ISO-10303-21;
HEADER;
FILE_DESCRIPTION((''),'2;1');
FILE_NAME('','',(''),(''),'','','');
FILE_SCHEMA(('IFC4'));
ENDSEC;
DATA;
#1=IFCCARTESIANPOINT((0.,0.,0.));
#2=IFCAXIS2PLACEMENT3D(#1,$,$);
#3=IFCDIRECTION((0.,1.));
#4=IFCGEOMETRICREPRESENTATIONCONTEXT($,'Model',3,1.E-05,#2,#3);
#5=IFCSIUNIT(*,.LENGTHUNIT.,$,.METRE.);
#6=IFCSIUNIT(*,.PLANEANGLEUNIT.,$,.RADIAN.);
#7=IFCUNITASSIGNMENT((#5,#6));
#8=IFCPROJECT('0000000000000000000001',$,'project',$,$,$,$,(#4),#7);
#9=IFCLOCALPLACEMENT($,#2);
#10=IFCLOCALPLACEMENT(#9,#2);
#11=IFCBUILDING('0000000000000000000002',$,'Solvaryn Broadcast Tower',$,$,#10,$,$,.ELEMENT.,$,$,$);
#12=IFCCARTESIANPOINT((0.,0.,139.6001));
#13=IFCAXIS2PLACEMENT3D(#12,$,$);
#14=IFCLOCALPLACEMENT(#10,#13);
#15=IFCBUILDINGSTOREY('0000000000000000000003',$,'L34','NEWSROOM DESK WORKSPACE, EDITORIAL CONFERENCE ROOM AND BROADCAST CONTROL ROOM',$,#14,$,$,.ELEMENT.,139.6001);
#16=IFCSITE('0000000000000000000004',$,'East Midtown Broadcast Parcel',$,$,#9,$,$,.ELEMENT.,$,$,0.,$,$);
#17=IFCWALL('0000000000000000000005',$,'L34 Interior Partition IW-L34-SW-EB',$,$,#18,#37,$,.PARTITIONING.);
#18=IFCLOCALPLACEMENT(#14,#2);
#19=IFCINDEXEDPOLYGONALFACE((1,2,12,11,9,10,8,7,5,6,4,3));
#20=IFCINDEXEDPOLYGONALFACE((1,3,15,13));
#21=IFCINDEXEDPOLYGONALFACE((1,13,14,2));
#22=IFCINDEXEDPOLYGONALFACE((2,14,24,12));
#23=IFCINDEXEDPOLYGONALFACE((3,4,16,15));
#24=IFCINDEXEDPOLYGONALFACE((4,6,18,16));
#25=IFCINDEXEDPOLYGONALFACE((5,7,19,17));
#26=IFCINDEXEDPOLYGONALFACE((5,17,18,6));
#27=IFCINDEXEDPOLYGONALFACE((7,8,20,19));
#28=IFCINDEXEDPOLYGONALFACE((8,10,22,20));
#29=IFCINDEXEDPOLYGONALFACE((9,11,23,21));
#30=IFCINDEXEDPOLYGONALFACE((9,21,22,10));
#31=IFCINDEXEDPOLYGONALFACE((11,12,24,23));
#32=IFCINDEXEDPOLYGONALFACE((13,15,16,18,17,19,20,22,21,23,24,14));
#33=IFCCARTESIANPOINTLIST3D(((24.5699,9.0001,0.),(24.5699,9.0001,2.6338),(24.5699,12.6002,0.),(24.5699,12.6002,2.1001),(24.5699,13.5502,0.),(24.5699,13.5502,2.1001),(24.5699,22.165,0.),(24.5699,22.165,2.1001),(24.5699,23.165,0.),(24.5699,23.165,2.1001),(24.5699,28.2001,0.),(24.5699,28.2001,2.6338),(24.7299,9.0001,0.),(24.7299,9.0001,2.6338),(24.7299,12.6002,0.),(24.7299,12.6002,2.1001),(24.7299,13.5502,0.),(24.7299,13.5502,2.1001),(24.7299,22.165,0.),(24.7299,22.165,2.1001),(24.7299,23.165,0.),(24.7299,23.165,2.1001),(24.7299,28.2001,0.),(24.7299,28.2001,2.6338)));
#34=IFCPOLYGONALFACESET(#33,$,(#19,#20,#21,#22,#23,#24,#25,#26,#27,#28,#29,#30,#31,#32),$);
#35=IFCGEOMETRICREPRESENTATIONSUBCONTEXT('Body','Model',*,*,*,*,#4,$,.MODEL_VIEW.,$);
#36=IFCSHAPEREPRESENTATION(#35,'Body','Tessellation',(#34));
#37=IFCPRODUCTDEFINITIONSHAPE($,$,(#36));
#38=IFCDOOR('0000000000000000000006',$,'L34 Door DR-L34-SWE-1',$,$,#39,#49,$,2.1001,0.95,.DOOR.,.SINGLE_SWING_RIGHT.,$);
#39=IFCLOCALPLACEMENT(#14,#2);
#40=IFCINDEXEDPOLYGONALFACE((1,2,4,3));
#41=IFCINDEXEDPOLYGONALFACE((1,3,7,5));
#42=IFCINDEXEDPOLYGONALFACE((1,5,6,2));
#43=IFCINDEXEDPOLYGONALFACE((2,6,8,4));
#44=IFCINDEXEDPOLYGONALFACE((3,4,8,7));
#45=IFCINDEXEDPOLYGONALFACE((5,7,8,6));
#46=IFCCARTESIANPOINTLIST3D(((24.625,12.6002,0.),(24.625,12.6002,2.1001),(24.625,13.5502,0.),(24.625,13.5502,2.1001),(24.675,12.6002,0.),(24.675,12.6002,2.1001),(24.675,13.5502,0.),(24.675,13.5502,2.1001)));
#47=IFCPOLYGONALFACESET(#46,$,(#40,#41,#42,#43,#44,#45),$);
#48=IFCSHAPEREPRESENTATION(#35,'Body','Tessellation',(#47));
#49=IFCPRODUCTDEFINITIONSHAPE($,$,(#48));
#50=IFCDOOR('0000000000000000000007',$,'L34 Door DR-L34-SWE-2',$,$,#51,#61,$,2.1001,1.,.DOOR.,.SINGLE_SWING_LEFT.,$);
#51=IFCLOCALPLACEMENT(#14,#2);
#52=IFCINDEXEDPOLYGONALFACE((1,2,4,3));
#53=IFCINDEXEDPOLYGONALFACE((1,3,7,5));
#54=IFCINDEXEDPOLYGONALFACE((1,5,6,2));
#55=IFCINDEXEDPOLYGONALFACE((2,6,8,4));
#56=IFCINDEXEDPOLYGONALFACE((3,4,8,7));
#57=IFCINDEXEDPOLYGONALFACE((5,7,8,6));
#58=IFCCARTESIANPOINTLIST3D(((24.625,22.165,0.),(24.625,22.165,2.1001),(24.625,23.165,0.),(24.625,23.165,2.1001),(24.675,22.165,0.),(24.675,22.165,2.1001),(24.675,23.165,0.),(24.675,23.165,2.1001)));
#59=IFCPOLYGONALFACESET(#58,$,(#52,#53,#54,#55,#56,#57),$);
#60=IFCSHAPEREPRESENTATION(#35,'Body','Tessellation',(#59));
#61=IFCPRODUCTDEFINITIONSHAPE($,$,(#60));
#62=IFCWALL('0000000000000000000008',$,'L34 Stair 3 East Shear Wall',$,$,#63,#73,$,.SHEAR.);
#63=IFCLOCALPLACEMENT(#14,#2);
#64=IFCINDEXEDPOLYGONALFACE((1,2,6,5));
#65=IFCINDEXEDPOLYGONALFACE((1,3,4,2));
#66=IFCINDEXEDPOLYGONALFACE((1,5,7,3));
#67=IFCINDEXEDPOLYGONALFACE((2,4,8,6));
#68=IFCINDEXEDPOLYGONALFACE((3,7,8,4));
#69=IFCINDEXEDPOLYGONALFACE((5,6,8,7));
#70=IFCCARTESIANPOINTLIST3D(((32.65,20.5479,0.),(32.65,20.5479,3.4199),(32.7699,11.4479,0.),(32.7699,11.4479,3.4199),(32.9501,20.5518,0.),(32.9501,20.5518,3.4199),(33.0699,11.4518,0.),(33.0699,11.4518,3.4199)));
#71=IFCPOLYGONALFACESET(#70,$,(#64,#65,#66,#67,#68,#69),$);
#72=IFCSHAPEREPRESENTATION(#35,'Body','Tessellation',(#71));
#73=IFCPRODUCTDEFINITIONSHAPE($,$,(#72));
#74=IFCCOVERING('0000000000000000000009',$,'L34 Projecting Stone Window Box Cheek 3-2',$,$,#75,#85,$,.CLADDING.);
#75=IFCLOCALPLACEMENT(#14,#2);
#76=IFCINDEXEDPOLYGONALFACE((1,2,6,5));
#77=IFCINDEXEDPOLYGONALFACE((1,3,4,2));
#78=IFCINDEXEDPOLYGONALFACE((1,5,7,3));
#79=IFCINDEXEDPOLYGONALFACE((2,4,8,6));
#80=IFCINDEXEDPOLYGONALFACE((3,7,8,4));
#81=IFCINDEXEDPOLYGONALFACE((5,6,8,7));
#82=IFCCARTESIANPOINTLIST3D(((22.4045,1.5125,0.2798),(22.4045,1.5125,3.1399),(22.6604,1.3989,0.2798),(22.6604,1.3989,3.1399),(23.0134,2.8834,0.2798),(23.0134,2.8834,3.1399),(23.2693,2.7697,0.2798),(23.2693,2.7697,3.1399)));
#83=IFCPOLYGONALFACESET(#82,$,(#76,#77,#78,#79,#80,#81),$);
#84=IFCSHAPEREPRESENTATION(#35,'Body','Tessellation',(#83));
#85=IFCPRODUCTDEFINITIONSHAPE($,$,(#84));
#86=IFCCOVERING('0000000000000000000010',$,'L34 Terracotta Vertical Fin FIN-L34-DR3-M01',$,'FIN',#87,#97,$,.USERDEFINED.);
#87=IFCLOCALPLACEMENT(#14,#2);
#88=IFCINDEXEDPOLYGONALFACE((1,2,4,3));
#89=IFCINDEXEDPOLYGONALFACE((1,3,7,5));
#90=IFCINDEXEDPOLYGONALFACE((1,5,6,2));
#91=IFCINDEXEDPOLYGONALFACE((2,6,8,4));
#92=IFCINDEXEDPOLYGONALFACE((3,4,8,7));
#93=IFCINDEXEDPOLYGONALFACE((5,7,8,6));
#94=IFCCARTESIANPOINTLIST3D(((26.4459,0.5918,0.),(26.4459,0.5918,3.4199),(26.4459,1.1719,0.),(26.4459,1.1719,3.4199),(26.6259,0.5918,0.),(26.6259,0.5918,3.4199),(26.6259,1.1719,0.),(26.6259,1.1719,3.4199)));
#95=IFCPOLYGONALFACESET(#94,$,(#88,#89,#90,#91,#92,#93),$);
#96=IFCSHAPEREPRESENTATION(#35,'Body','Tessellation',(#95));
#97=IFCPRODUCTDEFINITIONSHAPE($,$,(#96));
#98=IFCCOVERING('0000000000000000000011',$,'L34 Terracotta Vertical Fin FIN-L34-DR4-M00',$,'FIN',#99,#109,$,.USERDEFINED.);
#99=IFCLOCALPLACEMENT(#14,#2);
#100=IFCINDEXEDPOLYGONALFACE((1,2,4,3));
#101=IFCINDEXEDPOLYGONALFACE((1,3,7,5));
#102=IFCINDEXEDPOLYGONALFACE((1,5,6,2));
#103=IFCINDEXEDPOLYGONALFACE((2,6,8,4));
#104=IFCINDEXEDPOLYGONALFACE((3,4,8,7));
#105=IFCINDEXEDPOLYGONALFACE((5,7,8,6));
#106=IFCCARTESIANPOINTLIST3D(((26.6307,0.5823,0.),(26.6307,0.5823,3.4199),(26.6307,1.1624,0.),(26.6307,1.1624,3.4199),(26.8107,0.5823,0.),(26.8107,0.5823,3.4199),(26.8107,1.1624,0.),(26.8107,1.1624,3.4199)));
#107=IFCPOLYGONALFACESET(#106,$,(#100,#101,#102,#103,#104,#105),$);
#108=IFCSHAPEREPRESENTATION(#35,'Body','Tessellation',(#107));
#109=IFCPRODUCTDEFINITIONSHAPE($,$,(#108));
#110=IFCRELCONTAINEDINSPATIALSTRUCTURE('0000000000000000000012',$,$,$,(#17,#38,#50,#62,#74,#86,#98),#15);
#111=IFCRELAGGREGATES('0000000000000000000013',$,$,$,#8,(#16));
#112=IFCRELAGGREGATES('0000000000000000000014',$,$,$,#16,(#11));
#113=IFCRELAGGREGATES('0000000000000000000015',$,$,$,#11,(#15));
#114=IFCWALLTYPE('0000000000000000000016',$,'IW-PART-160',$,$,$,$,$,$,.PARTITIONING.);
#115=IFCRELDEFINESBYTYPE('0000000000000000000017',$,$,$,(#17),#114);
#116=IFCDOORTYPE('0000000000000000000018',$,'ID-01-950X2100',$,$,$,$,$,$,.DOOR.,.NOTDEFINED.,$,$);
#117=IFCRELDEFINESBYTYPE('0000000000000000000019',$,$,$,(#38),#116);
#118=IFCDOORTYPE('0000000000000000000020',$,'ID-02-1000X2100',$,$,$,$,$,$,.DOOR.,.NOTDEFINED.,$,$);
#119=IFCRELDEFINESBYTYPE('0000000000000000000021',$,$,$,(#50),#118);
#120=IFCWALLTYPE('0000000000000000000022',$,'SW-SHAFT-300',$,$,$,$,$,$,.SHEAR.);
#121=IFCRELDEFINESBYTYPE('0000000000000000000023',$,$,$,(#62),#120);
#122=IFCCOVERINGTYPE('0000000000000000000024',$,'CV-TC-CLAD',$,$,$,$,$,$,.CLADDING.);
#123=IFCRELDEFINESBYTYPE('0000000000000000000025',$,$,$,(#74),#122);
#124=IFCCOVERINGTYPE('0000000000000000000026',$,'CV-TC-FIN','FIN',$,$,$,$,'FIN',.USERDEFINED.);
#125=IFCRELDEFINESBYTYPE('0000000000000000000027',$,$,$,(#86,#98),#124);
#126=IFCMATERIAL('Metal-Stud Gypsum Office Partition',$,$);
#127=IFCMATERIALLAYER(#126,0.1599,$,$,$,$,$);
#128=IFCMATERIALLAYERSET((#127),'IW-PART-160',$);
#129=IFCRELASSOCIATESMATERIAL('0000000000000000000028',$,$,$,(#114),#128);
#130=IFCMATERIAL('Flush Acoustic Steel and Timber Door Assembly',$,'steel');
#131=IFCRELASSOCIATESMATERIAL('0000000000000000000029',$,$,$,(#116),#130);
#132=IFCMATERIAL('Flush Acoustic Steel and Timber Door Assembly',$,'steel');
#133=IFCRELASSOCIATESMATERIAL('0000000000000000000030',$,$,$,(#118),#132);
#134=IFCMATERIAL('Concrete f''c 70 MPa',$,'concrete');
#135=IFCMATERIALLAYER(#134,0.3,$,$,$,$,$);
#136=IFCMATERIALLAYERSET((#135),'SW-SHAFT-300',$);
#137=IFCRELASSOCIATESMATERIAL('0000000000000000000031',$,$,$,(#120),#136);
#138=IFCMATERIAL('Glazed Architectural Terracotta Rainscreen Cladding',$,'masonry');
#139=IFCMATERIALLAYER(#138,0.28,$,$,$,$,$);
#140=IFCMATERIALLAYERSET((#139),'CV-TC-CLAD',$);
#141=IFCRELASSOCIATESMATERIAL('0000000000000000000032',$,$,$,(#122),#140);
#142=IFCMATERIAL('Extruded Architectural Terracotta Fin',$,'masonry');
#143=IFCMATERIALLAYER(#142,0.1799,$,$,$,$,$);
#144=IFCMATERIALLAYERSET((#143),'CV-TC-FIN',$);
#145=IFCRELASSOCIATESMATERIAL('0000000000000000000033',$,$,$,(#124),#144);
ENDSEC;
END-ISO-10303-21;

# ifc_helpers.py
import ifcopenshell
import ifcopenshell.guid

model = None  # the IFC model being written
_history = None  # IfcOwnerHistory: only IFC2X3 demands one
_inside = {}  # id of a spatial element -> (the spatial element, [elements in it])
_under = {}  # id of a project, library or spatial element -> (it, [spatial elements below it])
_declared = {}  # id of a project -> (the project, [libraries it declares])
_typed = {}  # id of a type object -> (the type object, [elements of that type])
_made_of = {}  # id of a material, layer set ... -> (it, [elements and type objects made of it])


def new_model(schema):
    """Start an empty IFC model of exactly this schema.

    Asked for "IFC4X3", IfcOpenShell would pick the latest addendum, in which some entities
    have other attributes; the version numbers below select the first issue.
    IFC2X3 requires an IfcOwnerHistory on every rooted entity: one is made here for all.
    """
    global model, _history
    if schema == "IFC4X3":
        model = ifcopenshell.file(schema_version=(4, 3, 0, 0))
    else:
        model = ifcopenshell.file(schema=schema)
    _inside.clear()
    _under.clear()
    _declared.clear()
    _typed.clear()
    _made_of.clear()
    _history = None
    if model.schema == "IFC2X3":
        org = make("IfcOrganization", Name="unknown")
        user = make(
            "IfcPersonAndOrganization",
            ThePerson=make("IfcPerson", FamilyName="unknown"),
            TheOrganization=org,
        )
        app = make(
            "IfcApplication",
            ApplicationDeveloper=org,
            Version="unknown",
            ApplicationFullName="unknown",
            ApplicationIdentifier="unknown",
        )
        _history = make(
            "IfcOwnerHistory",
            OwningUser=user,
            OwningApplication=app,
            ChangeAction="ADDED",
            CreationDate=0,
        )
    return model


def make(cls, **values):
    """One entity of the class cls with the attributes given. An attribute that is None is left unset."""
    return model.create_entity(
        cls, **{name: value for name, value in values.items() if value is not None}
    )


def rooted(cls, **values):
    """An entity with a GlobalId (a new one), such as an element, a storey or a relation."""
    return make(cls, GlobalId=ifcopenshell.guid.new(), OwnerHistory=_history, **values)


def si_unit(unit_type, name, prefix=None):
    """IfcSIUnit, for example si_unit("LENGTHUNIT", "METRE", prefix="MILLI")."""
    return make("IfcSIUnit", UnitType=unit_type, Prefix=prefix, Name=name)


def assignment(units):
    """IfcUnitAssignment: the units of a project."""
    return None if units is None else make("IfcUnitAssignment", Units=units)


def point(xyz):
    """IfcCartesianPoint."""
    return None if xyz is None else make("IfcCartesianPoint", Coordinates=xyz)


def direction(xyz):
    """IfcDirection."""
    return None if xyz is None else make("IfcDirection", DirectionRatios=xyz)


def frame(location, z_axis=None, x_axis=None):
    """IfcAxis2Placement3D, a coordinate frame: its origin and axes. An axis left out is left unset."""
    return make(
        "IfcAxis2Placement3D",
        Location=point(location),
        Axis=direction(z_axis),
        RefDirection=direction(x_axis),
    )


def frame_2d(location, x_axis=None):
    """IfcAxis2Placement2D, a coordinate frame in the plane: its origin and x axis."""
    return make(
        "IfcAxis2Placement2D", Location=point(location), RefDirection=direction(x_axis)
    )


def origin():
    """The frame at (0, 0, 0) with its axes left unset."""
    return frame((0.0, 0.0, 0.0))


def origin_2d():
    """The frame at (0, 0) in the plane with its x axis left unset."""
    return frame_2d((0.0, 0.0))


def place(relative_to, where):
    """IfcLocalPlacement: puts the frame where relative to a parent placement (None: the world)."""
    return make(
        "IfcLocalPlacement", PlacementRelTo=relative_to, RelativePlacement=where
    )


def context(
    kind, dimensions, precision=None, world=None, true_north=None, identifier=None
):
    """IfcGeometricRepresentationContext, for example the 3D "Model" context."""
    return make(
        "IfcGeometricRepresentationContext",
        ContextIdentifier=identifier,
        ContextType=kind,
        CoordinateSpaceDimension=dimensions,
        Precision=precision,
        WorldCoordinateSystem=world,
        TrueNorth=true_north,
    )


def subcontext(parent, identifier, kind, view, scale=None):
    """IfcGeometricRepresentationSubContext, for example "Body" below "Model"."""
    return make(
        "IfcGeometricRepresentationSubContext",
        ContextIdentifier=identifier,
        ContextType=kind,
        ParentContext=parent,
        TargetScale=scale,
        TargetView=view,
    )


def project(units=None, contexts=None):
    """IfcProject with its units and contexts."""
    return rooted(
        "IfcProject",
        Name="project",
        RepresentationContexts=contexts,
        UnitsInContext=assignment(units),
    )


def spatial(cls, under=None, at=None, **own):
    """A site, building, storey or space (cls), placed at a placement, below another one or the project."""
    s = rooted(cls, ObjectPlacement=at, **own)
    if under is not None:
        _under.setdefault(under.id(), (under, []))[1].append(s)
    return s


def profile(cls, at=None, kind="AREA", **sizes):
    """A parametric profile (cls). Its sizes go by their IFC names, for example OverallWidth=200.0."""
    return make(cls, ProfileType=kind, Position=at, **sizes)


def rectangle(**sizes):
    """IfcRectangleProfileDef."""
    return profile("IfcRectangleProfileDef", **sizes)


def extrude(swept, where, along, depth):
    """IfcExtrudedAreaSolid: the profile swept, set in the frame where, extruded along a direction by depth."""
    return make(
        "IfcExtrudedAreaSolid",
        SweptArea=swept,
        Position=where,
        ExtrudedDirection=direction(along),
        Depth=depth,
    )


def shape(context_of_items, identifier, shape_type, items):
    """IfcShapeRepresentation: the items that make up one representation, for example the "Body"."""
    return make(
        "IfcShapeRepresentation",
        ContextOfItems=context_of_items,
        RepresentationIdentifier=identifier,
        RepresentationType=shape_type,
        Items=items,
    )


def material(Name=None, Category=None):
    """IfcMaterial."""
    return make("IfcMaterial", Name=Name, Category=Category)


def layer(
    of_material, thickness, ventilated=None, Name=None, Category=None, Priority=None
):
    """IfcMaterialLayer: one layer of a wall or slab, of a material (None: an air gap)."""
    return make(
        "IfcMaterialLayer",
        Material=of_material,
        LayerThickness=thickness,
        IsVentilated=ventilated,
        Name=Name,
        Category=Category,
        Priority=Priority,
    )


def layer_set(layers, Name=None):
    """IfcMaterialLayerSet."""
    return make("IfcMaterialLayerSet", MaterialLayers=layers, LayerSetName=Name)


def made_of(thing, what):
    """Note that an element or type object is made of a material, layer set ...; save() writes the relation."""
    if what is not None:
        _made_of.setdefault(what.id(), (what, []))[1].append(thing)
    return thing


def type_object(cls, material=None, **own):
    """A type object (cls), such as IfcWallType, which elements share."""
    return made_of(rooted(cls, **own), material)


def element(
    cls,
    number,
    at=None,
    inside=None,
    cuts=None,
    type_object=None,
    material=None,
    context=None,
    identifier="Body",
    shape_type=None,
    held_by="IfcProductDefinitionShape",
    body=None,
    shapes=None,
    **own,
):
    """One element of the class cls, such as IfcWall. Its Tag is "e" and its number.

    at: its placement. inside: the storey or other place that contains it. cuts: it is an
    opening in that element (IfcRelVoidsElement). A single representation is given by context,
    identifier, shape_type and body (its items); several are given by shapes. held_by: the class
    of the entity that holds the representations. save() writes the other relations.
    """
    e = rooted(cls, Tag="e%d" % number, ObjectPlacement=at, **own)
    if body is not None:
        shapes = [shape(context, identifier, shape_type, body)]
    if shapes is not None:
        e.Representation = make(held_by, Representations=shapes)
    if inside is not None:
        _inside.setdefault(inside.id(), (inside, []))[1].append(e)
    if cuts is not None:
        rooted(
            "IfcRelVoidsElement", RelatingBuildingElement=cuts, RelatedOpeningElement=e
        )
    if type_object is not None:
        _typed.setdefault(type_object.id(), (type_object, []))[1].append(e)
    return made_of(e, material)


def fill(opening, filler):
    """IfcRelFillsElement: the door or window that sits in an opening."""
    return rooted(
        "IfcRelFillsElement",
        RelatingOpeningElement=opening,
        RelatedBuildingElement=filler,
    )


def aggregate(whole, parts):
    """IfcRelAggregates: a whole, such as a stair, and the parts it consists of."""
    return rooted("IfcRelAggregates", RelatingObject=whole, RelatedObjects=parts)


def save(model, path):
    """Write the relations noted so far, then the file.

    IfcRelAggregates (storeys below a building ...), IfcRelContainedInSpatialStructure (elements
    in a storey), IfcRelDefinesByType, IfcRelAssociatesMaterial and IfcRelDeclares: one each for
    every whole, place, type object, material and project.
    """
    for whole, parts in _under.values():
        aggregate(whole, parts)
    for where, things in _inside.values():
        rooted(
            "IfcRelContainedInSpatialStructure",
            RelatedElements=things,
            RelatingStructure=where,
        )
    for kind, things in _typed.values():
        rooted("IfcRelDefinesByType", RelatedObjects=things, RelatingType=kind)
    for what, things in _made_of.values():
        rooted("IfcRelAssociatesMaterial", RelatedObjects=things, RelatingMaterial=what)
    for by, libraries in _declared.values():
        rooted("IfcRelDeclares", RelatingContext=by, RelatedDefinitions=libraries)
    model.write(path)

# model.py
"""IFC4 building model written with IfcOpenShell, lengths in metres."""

from ifc_helpers import new_model, si_unit, direction, frame, frame_2d, origin, origin_2d, place, context, subcontext, project, spatial, rectangle, extrude, material, layer, layer_set, type_object, element, fill, save


model = new_model("IFC4")

# Units and contexts
model_context = context("Model", 3, precision=1e-05, world=origin(), true_north=direction((0.0, 1.0)))
body_context = subcontext(model_context, "Body", "Model", "MODEL_VIEW")
ifc_project = project(units=[si_unit("LENGTHUNIT", "METRE"), si_unit("PLANEANGLEUNIT", "RADIAN")], contexts=[model_context])

# Site, building, storey
site_placement = place(None, origin())
site = spatial("IfcSite", under=ifc_project, at=site_placement, Name="East Midtown Broadcast Parcel", CompositionType="ELEMENT", RefElevation=0.0)
building_placement = place(site_placement, origin())
building = spatial("IfcBuilding", under=site, at=building_placement, Name="Solvaryn Broadcast Tower", CompositionType="ELEMENT")
storey_placement = place(building_placement, frame((0.0, 0.0, 139.6001)))
storey = spatial("IfcBuildingStorey", under=building, at=storey_placement, Name="L34", Description="NEWSROOM DESK WORKSPACE, EDITORIAL CONFERENCE ROOM AND BROADCAST CONTROL ROOM", CompositionType="ELEMENT", Elevation=139.6001)

# Wall, openings, doors
ifc_material_1 = material(Name="Metal-Stud Gypsum Office Partition")
ifc_layer_1 = layer(ifc_material_1, 0.1599)
ifc_layer_set_1 = layer_set([ifc_layer_1], Name="IW-PART-160")
wall_type_1 = type_object("IfcWallType", Name="IW-PART-160", PredefinedType="PARTITIONING", material=ifc_layer_set_1)
wall_1_placement = place(storey_placement, frame((24.6499, 9.0, 0.0), z_axis=(0.0, 0.0, 1.0), x_axis=(0.0, 1.0, 0.0)))
wall_1 = element("IfcWall", 1, at=wall_1_placement, inside=storey, type_object=wall_type_1, Name="L34 Interior Partition IW-L34-SW-EB", PredefinedType="PARTITIONING", context=body_context, shape_type="SweptSolid", body=[
    extrude(rectangle(XDim=19.2, YDim=0.1599, at=frame_2d((9.6001, 0.0))), origin(), (0.0, 0.0, 1.0), 2.6338),
])
opening_1_placement = place(wall_1_placement, frame((3.6001, 0.0, 0.0)))
opening_1 = element("IfcOpeningElement", 2, at=opening_1_placement, cuts=wall_1, PredefinedType="OPENING", context=body_context, shape_type="SweptSolid", body=[
    extrude(rectangle(XDim=0.95, YDim=2.1001, at=frame_2d((0.4751, 1.05))), frame((0.0, 0.0901, 0.0), z_axis=(0.0, -1.0, 0.0), x_axis=(1.0, 0.0, 0.0)), (0.0, 0.0, 1.0), 0.1799),
])
opening_2_placement = place(wall_1_placement, frame((13.165, 0.0, 0.0)))
opening_2 = element("IfcOpeningElement", 3, at=opening_2_placement, cuts=wall_1, PredefinedType="OPENING", context=body_context, shape_type="SweptSolid", body=[
    extrude(rectangle(XDim=1.0, YDim=2.1001, at=frame_2d((0.5, 1.05))), frame((0.0, 0.0901, 0.0), z_axis=(0.0, -1.0, 0.0), x_axis=(1.0, 0.0, 0.0)), (0.0, 0.0, 1.0), 0.1799),
])
ifc_material_2 = material(Name="Flush Acoustic Steel and Timber Door Assembly", Category="steel")
door_type_1 = type_object("IfcDoorType", Name="ID-01-950X2100", OperationType="NOTDEFINED", PredefinedType="DOOR", material=ifc_material_2)
door_1_placement = place(opening_1_placement, origin())
door_1 = element("IfcDoor", 4, at=door_1_placement, inside=storey, type_object=door_type_1, Name="L34 Door DR-L34-SWE-1", OperationType="SINGLE_SWING_RIGHT", OverallHeight=2.1001, OverallWidth=0.95, PredefinedType="DOOR", context=body_context, shape_type="SweptSolid", body=[
    extrude(rectangle(XDim=0.95, YDim=2.1001, at=frame_2d((0.4751, 1.05))), frame((0.0, 0.0249, 0.0), z_axis=(0.0, -1.0, 0.0), x_axis=(1.0, 0.0, 0.0)), (0.0, 0.0, 1.0), 0.05),
])
fill(opening_1, door_1)
ifc_material_3 = material(Name="Flush Acoustic Steel and Timber Door Assembly", Category="steel")
door_type_2 = type_object("IfcDoorType", Name="ID-02-1000X2100", OperationType="NOTDEFINED", PredefinedType="DOOR", material=ifc_material_3)
door_2_placement = place(opening_2_placement, origin())
door_2 = element("IfcDoor", 5, at=door_2_placement, inside=storey, type_object=door_type_2, Name="L34 Door DR-L34-SWE-2", OperationType="SINGLE_SWING_LEFT", OverallHeight=2.1001, OverallWidth=1.0, PredefinedType="DOOR", context=body_context, shape_type="SweptSolid", body=[
    extrude(rectangle(XDim=1.0, YDim=2.1001, at=frame_2d((0.5, 1.05))), frame((0.0, 0.0249, 0.0), z_axis=(0.0, -1.0, 0.0), x_axis=(1.0, 0.0, 0.0)), (0.0, 0.0, 1.0), 0.05),
])
fill(opening_2, door_2)

# Wall
ifc_material_4 = material(Name="Concrete f'c 70 MPa", Category="concrete")
ifc_layer_2 = layer(ifc_material_4, 0.3)
ifc_layer_set_2 = layer_set([ifc_layer_2], Name="SW-SHAFT-300")
wall_type_2 = type_object("IfcWallType", Name="SW-SHAFT-300", PredefinedType="SHEAR", material=ifc_layer_set_2)
wall_2_placement = place(storey_placement, frame((32.9199, 11.45, 0.0), z_axis=(0.0, 0.0, 1.0), x_axis=(-0.013172, 0.999913, 0.0)))
element("IfcWall", 6, at=wall_2_placement, inside=storey, type_object=wall_type_2, Name="L34 Stair 3 East Shear Wall", PredefinedType="SHEAR", context=body_context, shape_type="SweptSolid", body=[
    extrude(rectangle(XDim=9.1008, YDim=0.3, at=frame_2d((4.5503, 0.0))), origin(), (0.0, 0.0, 1.0), 3.4199),
])

# Coverings
ifc_material_5 = material(Name="Glazed Architectural Terracotta Rainscreen Cladding", Category="masonry")
ifc_layer_3 = layer(ifc_material_5, 0.28)
ifc_layer_set_3 = layer_set([ifc_layer_3], Name="CV-TC-CLAD")
covering_type_1 = type_object("IfcCoveringType", Name="CV-TC-CLAD", PredefinedType="CLADDING", material=ifc_layer_set_3)
covering_placement = place(storey_placement, frame((22.8369, 2.1411, 0.2798), z_axis=(0.0, 0.0, 1.0), x_axis=(0.9139, -0.405939, 0.0)))
element("IfcCovering", 7, at=covering_placement, inside=storey, type_object=covering_type_1, Name="L34 Projecting Stone Window Box Cheek 3-2", PredefinedType="CLADDING", context=body_context, shape_type="SweptSolid", body=[
    extrude(rectangle(XDim=0.28, YDim=1.5, at=origin_2d()), origin(), (0.0, 0.0, 1.0), 2.8601),
])
ifc_material_6 = material(Name="Extruded Architectural Terracotta Fin", Category="masonry")
ifc_layer_4 = layer(ifc_material_6, 0.1799)
ifc_layer_set_4 = layer_set([ifc_layer_4], Name="CV-TC-FIN")
covering_type_2 = type_object("IfcCoveringType", Name="CV-TC-FIN", Description="FIN", ElementType="FIN", PredefinedType="USERDEFINED", material=ifc_layer_set_4)
for number, where, z_axis, x_axis, name in (
    (8, (26.5359, 0.8818, 0.0), (0.0, 0.0, 1.0), (1.0, 0.0, 0.0), "L34 Terracotta Vertical Fin FIN-L34-DR3-M01"),
    (9, (26.7207, 0.8723, 0.0), (0.0, 0.0, 1.0), (1.0, 0.0, 0.0), "L34 Terracotta Vertical Fin FIN-L34-DR4-M00"),
):
    element("IfcCovering", number, at=place(storey_placement, frame(where, z_axis=z_axis, x_axis=x_axis)), inside=storey, type_object=covering_type_2, Name=name, ObjectType="FIN", PredefinedType="USERDEFINED", context=body_context, shape_type="SweptSolid", body=[
        extrude(rectangle(XDim=0.1799, YDim=0.5801, at=origin_2d()), origin(), (0.0, 0.0, 1.0), 3.4199),
    ])

save(model, "model.ifc")
